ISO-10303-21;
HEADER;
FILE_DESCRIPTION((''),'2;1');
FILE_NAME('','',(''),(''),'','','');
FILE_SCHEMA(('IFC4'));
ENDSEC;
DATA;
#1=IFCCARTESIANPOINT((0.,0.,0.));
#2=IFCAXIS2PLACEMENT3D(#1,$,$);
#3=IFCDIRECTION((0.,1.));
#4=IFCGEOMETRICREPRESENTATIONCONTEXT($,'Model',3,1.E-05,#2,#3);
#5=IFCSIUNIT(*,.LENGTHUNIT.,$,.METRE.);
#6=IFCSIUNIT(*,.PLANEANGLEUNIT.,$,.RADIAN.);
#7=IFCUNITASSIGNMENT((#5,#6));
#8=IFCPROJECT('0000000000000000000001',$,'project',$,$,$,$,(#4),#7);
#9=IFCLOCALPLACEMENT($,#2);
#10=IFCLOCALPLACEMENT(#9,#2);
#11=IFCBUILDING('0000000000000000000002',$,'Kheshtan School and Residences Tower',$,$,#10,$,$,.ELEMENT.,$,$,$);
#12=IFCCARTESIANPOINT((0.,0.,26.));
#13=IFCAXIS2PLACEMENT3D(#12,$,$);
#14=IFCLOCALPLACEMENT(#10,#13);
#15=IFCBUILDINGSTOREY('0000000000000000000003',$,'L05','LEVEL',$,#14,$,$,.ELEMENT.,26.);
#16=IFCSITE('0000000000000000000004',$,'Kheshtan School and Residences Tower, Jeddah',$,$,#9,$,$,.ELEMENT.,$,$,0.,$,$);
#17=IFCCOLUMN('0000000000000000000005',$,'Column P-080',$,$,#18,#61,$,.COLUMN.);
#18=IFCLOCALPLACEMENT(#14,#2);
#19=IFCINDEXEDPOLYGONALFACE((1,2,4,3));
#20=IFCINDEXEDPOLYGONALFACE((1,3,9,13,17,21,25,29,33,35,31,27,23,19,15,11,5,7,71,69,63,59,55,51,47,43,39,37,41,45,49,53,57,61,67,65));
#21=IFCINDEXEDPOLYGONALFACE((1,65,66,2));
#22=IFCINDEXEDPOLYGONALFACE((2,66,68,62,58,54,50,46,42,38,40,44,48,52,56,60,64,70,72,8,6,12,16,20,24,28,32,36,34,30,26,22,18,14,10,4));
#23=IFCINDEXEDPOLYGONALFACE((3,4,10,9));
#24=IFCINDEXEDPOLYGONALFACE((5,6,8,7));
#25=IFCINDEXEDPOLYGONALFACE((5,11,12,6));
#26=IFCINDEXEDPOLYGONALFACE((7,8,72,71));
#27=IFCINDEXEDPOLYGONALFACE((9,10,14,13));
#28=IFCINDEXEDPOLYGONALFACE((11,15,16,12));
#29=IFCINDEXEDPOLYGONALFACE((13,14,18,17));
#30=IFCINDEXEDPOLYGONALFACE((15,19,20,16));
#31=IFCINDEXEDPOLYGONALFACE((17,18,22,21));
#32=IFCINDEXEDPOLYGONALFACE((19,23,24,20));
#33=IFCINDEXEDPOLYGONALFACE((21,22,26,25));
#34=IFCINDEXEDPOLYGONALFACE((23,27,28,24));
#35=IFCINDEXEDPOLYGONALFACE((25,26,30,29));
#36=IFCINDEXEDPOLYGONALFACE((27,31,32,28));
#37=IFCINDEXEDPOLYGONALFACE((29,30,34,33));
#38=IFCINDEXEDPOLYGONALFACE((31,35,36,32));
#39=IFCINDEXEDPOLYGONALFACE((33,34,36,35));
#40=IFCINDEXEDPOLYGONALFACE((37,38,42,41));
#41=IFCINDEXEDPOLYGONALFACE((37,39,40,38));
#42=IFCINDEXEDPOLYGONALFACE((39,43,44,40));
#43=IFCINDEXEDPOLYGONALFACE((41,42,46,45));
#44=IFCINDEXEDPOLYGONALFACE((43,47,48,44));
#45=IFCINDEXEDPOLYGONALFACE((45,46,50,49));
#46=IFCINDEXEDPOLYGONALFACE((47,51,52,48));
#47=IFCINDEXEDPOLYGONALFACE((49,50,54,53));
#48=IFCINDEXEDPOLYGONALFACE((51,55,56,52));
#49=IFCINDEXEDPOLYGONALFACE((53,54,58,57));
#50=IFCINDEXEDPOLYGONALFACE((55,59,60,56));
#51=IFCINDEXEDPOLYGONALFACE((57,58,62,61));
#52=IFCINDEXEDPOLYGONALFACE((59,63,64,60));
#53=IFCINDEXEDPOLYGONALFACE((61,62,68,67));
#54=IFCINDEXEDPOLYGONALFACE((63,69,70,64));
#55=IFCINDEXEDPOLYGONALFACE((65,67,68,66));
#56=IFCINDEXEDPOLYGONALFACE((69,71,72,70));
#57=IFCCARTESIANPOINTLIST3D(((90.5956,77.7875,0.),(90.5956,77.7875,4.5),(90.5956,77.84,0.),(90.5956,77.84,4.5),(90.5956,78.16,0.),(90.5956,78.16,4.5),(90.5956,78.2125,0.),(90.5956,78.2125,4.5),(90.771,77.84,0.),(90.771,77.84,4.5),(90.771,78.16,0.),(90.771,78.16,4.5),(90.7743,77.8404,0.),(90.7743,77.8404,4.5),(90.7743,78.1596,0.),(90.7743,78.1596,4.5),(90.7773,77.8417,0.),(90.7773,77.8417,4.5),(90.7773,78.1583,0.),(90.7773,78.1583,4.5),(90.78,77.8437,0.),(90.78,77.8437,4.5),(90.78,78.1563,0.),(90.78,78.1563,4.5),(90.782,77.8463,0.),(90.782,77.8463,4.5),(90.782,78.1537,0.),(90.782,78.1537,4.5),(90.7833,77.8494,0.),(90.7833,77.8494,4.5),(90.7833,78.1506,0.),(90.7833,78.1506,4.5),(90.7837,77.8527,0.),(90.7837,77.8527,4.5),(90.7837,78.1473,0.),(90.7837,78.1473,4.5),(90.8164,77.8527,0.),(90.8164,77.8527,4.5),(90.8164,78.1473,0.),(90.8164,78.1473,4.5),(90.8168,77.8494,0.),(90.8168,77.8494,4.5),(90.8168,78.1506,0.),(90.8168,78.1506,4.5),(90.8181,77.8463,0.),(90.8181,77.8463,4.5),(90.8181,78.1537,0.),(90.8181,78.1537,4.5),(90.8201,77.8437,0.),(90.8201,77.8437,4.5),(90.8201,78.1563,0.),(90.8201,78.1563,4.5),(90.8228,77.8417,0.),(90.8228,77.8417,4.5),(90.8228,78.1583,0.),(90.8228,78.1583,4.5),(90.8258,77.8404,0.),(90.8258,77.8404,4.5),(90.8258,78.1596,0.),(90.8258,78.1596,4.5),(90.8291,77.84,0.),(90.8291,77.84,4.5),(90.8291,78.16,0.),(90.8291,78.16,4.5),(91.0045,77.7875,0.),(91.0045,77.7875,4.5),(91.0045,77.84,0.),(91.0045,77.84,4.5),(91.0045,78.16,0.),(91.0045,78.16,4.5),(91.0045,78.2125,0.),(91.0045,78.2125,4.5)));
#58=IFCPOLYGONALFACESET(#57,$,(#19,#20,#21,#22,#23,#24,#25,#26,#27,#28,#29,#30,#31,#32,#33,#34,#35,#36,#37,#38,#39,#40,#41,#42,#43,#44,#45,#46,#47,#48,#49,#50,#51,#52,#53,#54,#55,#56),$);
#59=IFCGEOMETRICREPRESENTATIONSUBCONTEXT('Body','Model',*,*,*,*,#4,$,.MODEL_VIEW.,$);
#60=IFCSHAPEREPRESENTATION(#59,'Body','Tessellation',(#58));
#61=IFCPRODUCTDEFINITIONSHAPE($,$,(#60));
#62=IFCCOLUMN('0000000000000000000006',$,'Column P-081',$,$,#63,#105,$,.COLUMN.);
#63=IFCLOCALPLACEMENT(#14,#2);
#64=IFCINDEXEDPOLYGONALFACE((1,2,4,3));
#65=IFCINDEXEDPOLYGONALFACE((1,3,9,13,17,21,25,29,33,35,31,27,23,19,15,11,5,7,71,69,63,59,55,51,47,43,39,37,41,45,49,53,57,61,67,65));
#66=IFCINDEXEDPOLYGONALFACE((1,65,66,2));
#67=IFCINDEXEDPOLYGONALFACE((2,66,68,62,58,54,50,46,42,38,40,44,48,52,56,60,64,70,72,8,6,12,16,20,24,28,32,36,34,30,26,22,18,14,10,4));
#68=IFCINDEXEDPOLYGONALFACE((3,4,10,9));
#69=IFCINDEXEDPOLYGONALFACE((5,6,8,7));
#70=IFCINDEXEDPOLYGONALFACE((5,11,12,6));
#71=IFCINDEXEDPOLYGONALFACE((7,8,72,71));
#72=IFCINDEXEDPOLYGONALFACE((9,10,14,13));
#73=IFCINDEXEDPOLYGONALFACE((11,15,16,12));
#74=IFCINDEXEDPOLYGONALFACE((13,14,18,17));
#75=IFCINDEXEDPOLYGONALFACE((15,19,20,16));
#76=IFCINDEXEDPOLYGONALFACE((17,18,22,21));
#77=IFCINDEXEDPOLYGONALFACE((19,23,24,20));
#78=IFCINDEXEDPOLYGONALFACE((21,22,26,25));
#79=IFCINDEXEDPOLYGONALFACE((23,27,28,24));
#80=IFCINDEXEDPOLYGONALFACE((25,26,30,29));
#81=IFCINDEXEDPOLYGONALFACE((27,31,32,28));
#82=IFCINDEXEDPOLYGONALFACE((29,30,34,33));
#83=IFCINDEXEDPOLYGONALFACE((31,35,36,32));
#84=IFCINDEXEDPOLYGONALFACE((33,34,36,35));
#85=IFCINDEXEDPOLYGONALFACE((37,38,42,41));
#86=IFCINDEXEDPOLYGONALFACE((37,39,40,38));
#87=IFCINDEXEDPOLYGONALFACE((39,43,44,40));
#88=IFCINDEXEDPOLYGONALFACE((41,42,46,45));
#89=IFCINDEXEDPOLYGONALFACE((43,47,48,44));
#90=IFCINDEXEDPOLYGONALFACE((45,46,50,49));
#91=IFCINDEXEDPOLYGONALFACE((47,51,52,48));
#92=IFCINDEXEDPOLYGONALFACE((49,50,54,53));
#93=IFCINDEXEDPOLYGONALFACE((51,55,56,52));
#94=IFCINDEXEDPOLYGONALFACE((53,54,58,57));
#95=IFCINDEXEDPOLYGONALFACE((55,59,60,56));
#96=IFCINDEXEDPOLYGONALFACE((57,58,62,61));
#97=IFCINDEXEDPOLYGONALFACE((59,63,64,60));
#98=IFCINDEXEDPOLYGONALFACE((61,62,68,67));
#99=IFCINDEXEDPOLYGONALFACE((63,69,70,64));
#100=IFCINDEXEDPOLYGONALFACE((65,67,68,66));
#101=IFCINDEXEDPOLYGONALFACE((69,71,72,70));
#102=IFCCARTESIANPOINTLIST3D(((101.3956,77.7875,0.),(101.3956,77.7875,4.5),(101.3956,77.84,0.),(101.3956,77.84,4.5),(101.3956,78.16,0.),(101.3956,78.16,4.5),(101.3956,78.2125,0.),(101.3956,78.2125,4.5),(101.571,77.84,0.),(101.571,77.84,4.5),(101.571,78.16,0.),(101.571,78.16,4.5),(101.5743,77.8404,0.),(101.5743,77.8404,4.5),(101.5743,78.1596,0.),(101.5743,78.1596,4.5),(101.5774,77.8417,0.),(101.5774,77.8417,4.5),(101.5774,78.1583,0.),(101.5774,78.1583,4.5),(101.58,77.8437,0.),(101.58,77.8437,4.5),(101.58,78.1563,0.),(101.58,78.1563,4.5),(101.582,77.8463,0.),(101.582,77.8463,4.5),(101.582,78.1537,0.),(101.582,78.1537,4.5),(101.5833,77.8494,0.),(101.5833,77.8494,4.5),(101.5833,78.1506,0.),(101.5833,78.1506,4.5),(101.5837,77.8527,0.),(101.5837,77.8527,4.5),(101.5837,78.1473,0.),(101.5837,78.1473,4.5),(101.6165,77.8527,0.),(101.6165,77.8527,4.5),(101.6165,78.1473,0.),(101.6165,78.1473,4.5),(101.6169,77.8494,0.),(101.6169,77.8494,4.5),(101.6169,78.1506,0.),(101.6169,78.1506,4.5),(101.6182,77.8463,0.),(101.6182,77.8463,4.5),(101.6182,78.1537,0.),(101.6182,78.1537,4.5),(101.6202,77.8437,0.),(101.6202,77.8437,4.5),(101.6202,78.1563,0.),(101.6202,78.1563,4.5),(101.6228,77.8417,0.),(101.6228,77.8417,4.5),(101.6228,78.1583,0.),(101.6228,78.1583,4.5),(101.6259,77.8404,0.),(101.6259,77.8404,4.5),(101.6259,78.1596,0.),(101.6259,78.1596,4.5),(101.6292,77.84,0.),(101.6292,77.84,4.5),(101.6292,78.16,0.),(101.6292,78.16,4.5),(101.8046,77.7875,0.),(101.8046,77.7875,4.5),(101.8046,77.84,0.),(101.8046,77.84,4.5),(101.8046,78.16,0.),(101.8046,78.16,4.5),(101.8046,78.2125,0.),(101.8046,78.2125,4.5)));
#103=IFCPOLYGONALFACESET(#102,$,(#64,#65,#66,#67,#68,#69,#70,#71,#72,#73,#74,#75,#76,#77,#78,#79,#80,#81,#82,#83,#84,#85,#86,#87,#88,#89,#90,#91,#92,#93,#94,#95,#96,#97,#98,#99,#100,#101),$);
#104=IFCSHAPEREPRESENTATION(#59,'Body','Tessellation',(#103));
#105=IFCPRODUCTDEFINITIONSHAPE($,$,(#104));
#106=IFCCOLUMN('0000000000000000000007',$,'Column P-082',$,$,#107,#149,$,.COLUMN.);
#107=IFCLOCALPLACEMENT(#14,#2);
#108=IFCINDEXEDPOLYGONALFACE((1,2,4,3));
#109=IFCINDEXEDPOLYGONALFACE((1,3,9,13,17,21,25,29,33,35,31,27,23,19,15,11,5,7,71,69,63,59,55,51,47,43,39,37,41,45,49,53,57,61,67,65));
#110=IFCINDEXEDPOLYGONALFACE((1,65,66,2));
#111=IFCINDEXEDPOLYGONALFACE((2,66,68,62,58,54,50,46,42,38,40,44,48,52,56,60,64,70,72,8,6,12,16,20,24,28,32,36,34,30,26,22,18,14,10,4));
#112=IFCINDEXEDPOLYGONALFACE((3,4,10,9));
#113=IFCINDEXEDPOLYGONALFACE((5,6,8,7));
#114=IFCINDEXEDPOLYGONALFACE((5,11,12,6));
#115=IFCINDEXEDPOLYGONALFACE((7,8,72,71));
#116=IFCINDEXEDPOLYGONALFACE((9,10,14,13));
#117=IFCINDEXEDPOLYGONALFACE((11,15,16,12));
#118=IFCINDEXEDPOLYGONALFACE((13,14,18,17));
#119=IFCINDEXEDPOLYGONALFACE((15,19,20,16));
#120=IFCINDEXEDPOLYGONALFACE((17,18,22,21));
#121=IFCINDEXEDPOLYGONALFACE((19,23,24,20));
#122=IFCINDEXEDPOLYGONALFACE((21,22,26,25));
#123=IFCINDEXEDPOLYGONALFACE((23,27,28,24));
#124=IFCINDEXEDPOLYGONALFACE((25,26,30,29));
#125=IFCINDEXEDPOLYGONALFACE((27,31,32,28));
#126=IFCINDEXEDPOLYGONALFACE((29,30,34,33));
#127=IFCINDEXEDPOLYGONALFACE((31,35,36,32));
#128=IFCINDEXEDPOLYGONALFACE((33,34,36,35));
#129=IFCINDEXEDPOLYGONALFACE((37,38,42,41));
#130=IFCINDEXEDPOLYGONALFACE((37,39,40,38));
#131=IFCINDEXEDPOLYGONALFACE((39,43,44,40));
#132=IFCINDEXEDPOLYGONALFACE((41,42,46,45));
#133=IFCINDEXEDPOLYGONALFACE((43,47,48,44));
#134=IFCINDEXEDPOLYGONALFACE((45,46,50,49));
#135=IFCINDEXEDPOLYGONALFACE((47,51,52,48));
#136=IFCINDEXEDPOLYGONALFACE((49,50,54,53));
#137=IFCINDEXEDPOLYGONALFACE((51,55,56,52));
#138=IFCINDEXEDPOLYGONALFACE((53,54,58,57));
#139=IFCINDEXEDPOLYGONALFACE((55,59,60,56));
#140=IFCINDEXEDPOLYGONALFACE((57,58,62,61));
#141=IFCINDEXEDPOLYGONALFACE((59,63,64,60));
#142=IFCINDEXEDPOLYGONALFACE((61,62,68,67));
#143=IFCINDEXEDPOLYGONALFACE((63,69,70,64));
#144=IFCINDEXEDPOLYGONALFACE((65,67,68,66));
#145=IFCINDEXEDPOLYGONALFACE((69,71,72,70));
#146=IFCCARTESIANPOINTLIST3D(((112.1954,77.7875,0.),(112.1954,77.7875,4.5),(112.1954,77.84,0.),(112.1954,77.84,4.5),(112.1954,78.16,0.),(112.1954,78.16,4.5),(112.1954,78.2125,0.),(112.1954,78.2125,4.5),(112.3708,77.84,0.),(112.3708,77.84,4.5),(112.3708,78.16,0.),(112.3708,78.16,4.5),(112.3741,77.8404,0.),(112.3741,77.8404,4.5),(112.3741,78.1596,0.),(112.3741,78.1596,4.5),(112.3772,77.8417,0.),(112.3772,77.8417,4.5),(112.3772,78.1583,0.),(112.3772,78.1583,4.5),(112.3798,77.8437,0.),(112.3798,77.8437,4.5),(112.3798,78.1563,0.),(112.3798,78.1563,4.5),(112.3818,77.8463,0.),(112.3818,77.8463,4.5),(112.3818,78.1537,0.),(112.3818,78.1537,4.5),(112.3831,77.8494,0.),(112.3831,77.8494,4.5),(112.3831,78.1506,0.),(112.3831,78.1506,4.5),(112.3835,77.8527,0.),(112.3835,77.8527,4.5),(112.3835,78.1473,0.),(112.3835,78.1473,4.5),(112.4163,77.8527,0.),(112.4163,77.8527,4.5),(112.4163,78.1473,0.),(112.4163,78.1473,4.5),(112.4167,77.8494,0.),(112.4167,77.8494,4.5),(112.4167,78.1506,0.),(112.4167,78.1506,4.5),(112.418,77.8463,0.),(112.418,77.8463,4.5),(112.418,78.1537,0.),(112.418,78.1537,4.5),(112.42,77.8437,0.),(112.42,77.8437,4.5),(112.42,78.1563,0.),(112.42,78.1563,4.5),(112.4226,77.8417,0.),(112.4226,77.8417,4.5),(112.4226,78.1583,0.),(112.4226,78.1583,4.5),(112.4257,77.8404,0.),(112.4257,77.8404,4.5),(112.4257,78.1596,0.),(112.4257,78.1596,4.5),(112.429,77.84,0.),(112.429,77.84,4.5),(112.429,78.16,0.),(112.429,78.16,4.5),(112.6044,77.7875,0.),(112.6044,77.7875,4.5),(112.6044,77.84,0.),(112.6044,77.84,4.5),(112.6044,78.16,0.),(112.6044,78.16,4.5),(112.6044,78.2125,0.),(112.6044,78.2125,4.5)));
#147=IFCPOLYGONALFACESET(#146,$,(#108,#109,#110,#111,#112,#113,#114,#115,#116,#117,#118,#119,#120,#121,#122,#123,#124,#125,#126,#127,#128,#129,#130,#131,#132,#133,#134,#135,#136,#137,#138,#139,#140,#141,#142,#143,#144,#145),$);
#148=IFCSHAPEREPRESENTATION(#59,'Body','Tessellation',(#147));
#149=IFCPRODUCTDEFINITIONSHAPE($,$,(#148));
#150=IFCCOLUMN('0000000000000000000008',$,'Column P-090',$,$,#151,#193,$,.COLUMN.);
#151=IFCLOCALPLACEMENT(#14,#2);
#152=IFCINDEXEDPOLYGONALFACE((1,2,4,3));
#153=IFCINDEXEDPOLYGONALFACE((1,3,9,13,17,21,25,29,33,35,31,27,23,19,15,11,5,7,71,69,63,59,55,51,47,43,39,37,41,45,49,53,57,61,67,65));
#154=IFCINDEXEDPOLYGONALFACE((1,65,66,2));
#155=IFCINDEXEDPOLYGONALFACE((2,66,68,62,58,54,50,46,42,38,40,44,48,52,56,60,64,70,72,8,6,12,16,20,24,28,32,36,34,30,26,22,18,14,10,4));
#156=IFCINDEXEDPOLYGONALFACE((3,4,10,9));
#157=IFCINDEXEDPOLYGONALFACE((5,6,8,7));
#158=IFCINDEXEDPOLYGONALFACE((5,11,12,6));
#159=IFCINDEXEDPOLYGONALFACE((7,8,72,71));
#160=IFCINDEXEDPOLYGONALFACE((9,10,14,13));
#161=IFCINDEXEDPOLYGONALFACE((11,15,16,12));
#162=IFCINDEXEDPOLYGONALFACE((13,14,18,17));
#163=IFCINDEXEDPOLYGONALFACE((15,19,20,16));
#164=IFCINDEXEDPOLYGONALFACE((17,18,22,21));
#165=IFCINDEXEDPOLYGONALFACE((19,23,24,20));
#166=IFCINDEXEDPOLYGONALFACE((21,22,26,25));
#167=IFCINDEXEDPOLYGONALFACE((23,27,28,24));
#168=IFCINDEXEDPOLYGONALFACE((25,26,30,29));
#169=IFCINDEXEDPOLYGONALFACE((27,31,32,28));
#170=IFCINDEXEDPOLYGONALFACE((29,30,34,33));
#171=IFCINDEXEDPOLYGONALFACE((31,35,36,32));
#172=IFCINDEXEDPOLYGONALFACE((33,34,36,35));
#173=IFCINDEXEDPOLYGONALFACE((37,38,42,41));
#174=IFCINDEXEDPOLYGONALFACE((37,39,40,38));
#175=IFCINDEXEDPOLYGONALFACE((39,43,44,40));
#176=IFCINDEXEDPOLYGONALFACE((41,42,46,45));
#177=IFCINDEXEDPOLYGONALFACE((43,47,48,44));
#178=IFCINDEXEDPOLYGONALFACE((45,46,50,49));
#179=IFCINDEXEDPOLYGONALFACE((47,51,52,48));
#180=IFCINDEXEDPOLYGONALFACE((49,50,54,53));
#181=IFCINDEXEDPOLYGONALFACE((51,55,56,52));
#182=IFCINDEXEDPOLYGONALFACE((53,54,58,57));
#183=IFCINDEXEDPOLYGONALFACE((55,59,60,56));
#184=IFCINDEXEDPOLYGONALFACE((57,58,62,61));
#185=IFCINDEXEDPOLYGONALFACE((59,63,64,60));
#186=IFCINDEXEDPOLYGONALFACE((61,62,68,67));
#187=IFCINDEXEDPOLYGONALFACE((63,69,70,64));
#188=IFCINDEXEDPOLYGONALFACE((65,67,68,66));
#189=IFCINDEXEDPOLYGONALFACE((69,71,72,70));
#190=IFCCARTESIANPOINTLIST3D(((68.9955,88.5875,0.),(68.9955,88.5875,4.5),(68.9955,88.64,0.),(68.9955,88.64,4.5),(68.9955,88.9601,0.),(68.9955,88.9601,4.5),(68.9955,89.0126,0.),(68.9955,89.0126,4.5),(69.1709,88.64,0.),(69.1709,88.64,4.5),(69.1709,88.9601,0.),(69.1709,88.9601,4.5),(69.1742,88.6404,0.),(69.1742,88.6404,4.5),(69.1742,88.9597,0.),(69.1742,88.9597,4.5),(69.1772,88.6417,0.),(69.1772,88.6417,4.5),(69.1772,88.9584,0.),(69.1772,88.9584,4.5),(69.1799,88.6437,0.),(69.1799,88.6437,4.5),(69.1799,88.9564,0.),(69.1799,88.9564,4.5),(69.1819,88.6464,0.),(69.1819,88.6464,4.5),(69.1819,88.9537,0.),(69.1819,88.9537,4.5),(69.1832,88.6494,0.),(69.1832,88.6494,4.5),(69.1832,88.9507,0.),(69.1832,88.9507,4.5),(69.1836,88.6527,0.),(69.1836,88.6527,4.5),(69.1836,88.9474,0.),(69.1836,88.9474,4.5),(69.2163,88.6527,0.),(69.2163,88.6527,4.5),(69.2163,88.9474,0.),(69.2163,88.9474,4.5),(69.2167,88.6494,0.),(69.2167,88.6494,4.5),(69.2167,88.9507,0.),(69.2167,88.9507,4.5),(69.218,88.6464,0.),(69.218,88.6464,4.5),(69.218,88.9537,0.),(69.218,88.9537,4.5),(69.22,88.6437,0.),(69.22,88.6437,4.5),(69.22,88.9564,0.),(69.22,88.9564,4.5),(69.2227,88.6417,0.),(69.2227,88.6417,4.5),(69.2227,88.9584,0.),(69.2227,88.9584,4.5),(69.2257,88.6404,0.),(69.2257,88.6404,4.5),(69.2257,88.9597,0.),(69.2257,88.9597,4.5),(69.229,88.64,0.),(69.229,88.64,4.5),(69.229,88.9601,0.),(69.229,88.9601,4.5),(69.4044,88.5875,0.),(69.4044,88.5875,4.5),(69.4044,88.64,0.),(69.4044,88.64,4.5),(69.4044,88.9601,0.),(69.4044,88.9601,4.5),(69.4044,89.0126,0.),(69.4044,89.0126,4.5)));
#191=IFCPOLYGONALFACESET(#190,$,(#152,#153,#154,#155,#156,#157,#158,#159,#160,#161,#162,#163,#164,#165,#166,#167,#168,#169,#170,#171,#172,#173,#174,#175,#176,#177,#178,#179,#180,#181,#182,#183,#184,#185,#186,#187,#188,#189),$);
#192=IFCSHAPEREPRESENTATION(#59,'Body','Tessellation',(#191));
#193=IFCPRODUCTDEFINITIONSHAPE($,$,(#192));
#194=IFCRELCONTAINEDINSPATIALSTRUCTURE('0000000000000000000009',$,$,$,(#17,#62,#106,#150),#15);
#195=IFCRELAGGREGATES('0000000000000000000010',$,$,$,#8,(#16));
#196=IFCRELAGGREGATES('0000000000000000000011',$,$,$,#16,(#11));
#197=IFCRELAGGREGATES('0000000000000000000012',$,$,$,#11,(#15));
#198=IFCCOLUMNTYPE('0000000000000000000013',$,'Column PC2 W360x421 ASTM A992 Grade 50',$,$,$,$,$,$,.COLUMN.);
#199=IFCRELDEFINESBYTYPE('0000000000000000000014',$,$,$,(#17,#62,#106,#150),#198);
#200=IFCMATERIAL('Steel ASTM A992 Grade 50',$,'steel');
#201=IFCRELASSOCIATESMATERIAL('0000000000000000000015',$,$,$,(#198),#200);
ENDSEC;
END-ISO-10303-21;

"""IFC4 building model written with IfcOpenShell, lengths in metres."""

from ifc_helpers import new_model, si_unit, direction, frame, origin, origin_2d, place, context, subcontext, project, spatial, i_section, extrude, material, material_profile, profile_set, type_object, element, save


model = new_model("IFC4")

# Units and contexts
model_context = context("Model", 3, precision=1e-05, world=origin(), true_north=direction((0.0, 1.0)))
body_context = subcontext(model_context, "Body", "Model", "MODEL_VIEW")
ifc_project = project(units=[si_unit("LENGTHUNIT", "METRE"), si_unit("PLANEANGLEUNIT", "RADIAN")], contexts=[model_context])

# Site, building, storey
site_placement = place(None, origin())
site = spatial("IfcSite", under=ifc_project, at=site_placement, Name="Kheshtan School and Residences Tower, Jeddah", CompositionType="ELEMENT", RefElevation=0.0)
building_placement = place(site_placement, origin())
building = spatial("IfcBuilding", under=site, at=building_placement, Name="Kheshtan School and Residences Tower", CompositionType="ELEMENT")
storey_placement = place(building_placement, frame((0.0, 0.0, 26.0)))
storey = spatial("IfcBuildingStorey", under=building, at=storey_placement, Name="L05", Description="LEVEL", CompositionType="ELEMENT", Elevation=26.0)

# Columns
ifc_material_1 = material(Name="Steel ASTM A992 Grade 50", Category="steel")
ifc_material_profile_1 = material_profile(ifc_material_1, i_section(OverallWidth=0.4089, OverallDepth=0.425, WebThickness=0.0327, FlangeThickness=0.0525, FilletRadius=0.0127, at=origin_2d()), Name="W360x421")
ifc_profile_set_1 = profile_set([ifc_material_profile_1], Name="Steel ASTM A992 Grade 50")
column_type = type_object("IfcColumnType", Name="Column PC2 W360x421 ASTM A992 Grade 50", PredefinedType="COLUMN", material=ifc_profile_set_1)
for number, where, z_axis, x_axis, name in (
    (1, (90.8, 78.0, 0.0), (0.0, 0.0, 1.0), (1.0, 0.0, 0.0), "Column P-080"),
    (2, (101.6001, 78.0, 0.0), (0.0, 0.0, 1.0), (1.0, 0.0, 0.0), "Column P-081"),
    (3, (112.3999, 78.0, 0.0), (0.0, 0.0, 1.0), (1.0, 0.0, 0.0), "Column P-082"),
    (4, (69.2, 88.8, 0.0), (0.0, 0.0, 1.0), (1.0, 0.0, 0.0), "Column P-090"),
):
    element("IfcColumn", number, at=place(storey_placement, frame(where, z_axis=z_axis, x_axis=x_axis)), inside=storey, type_object=column_type, Name=name, PredefinedType="COLUMN", context=body_context, shape_type="SweptSolid", body=[
        extrude(i_section(OverallWidth=0.4089, OverallDepth=0.425, WebThickness=0.0327, FlangeThickness=0.0525, FilletRadius=0.0127, at=origin_2d()), origin(), (0.0, 0.0, 1.0), 4.5),
    ])

save(model, "model.ifc")
